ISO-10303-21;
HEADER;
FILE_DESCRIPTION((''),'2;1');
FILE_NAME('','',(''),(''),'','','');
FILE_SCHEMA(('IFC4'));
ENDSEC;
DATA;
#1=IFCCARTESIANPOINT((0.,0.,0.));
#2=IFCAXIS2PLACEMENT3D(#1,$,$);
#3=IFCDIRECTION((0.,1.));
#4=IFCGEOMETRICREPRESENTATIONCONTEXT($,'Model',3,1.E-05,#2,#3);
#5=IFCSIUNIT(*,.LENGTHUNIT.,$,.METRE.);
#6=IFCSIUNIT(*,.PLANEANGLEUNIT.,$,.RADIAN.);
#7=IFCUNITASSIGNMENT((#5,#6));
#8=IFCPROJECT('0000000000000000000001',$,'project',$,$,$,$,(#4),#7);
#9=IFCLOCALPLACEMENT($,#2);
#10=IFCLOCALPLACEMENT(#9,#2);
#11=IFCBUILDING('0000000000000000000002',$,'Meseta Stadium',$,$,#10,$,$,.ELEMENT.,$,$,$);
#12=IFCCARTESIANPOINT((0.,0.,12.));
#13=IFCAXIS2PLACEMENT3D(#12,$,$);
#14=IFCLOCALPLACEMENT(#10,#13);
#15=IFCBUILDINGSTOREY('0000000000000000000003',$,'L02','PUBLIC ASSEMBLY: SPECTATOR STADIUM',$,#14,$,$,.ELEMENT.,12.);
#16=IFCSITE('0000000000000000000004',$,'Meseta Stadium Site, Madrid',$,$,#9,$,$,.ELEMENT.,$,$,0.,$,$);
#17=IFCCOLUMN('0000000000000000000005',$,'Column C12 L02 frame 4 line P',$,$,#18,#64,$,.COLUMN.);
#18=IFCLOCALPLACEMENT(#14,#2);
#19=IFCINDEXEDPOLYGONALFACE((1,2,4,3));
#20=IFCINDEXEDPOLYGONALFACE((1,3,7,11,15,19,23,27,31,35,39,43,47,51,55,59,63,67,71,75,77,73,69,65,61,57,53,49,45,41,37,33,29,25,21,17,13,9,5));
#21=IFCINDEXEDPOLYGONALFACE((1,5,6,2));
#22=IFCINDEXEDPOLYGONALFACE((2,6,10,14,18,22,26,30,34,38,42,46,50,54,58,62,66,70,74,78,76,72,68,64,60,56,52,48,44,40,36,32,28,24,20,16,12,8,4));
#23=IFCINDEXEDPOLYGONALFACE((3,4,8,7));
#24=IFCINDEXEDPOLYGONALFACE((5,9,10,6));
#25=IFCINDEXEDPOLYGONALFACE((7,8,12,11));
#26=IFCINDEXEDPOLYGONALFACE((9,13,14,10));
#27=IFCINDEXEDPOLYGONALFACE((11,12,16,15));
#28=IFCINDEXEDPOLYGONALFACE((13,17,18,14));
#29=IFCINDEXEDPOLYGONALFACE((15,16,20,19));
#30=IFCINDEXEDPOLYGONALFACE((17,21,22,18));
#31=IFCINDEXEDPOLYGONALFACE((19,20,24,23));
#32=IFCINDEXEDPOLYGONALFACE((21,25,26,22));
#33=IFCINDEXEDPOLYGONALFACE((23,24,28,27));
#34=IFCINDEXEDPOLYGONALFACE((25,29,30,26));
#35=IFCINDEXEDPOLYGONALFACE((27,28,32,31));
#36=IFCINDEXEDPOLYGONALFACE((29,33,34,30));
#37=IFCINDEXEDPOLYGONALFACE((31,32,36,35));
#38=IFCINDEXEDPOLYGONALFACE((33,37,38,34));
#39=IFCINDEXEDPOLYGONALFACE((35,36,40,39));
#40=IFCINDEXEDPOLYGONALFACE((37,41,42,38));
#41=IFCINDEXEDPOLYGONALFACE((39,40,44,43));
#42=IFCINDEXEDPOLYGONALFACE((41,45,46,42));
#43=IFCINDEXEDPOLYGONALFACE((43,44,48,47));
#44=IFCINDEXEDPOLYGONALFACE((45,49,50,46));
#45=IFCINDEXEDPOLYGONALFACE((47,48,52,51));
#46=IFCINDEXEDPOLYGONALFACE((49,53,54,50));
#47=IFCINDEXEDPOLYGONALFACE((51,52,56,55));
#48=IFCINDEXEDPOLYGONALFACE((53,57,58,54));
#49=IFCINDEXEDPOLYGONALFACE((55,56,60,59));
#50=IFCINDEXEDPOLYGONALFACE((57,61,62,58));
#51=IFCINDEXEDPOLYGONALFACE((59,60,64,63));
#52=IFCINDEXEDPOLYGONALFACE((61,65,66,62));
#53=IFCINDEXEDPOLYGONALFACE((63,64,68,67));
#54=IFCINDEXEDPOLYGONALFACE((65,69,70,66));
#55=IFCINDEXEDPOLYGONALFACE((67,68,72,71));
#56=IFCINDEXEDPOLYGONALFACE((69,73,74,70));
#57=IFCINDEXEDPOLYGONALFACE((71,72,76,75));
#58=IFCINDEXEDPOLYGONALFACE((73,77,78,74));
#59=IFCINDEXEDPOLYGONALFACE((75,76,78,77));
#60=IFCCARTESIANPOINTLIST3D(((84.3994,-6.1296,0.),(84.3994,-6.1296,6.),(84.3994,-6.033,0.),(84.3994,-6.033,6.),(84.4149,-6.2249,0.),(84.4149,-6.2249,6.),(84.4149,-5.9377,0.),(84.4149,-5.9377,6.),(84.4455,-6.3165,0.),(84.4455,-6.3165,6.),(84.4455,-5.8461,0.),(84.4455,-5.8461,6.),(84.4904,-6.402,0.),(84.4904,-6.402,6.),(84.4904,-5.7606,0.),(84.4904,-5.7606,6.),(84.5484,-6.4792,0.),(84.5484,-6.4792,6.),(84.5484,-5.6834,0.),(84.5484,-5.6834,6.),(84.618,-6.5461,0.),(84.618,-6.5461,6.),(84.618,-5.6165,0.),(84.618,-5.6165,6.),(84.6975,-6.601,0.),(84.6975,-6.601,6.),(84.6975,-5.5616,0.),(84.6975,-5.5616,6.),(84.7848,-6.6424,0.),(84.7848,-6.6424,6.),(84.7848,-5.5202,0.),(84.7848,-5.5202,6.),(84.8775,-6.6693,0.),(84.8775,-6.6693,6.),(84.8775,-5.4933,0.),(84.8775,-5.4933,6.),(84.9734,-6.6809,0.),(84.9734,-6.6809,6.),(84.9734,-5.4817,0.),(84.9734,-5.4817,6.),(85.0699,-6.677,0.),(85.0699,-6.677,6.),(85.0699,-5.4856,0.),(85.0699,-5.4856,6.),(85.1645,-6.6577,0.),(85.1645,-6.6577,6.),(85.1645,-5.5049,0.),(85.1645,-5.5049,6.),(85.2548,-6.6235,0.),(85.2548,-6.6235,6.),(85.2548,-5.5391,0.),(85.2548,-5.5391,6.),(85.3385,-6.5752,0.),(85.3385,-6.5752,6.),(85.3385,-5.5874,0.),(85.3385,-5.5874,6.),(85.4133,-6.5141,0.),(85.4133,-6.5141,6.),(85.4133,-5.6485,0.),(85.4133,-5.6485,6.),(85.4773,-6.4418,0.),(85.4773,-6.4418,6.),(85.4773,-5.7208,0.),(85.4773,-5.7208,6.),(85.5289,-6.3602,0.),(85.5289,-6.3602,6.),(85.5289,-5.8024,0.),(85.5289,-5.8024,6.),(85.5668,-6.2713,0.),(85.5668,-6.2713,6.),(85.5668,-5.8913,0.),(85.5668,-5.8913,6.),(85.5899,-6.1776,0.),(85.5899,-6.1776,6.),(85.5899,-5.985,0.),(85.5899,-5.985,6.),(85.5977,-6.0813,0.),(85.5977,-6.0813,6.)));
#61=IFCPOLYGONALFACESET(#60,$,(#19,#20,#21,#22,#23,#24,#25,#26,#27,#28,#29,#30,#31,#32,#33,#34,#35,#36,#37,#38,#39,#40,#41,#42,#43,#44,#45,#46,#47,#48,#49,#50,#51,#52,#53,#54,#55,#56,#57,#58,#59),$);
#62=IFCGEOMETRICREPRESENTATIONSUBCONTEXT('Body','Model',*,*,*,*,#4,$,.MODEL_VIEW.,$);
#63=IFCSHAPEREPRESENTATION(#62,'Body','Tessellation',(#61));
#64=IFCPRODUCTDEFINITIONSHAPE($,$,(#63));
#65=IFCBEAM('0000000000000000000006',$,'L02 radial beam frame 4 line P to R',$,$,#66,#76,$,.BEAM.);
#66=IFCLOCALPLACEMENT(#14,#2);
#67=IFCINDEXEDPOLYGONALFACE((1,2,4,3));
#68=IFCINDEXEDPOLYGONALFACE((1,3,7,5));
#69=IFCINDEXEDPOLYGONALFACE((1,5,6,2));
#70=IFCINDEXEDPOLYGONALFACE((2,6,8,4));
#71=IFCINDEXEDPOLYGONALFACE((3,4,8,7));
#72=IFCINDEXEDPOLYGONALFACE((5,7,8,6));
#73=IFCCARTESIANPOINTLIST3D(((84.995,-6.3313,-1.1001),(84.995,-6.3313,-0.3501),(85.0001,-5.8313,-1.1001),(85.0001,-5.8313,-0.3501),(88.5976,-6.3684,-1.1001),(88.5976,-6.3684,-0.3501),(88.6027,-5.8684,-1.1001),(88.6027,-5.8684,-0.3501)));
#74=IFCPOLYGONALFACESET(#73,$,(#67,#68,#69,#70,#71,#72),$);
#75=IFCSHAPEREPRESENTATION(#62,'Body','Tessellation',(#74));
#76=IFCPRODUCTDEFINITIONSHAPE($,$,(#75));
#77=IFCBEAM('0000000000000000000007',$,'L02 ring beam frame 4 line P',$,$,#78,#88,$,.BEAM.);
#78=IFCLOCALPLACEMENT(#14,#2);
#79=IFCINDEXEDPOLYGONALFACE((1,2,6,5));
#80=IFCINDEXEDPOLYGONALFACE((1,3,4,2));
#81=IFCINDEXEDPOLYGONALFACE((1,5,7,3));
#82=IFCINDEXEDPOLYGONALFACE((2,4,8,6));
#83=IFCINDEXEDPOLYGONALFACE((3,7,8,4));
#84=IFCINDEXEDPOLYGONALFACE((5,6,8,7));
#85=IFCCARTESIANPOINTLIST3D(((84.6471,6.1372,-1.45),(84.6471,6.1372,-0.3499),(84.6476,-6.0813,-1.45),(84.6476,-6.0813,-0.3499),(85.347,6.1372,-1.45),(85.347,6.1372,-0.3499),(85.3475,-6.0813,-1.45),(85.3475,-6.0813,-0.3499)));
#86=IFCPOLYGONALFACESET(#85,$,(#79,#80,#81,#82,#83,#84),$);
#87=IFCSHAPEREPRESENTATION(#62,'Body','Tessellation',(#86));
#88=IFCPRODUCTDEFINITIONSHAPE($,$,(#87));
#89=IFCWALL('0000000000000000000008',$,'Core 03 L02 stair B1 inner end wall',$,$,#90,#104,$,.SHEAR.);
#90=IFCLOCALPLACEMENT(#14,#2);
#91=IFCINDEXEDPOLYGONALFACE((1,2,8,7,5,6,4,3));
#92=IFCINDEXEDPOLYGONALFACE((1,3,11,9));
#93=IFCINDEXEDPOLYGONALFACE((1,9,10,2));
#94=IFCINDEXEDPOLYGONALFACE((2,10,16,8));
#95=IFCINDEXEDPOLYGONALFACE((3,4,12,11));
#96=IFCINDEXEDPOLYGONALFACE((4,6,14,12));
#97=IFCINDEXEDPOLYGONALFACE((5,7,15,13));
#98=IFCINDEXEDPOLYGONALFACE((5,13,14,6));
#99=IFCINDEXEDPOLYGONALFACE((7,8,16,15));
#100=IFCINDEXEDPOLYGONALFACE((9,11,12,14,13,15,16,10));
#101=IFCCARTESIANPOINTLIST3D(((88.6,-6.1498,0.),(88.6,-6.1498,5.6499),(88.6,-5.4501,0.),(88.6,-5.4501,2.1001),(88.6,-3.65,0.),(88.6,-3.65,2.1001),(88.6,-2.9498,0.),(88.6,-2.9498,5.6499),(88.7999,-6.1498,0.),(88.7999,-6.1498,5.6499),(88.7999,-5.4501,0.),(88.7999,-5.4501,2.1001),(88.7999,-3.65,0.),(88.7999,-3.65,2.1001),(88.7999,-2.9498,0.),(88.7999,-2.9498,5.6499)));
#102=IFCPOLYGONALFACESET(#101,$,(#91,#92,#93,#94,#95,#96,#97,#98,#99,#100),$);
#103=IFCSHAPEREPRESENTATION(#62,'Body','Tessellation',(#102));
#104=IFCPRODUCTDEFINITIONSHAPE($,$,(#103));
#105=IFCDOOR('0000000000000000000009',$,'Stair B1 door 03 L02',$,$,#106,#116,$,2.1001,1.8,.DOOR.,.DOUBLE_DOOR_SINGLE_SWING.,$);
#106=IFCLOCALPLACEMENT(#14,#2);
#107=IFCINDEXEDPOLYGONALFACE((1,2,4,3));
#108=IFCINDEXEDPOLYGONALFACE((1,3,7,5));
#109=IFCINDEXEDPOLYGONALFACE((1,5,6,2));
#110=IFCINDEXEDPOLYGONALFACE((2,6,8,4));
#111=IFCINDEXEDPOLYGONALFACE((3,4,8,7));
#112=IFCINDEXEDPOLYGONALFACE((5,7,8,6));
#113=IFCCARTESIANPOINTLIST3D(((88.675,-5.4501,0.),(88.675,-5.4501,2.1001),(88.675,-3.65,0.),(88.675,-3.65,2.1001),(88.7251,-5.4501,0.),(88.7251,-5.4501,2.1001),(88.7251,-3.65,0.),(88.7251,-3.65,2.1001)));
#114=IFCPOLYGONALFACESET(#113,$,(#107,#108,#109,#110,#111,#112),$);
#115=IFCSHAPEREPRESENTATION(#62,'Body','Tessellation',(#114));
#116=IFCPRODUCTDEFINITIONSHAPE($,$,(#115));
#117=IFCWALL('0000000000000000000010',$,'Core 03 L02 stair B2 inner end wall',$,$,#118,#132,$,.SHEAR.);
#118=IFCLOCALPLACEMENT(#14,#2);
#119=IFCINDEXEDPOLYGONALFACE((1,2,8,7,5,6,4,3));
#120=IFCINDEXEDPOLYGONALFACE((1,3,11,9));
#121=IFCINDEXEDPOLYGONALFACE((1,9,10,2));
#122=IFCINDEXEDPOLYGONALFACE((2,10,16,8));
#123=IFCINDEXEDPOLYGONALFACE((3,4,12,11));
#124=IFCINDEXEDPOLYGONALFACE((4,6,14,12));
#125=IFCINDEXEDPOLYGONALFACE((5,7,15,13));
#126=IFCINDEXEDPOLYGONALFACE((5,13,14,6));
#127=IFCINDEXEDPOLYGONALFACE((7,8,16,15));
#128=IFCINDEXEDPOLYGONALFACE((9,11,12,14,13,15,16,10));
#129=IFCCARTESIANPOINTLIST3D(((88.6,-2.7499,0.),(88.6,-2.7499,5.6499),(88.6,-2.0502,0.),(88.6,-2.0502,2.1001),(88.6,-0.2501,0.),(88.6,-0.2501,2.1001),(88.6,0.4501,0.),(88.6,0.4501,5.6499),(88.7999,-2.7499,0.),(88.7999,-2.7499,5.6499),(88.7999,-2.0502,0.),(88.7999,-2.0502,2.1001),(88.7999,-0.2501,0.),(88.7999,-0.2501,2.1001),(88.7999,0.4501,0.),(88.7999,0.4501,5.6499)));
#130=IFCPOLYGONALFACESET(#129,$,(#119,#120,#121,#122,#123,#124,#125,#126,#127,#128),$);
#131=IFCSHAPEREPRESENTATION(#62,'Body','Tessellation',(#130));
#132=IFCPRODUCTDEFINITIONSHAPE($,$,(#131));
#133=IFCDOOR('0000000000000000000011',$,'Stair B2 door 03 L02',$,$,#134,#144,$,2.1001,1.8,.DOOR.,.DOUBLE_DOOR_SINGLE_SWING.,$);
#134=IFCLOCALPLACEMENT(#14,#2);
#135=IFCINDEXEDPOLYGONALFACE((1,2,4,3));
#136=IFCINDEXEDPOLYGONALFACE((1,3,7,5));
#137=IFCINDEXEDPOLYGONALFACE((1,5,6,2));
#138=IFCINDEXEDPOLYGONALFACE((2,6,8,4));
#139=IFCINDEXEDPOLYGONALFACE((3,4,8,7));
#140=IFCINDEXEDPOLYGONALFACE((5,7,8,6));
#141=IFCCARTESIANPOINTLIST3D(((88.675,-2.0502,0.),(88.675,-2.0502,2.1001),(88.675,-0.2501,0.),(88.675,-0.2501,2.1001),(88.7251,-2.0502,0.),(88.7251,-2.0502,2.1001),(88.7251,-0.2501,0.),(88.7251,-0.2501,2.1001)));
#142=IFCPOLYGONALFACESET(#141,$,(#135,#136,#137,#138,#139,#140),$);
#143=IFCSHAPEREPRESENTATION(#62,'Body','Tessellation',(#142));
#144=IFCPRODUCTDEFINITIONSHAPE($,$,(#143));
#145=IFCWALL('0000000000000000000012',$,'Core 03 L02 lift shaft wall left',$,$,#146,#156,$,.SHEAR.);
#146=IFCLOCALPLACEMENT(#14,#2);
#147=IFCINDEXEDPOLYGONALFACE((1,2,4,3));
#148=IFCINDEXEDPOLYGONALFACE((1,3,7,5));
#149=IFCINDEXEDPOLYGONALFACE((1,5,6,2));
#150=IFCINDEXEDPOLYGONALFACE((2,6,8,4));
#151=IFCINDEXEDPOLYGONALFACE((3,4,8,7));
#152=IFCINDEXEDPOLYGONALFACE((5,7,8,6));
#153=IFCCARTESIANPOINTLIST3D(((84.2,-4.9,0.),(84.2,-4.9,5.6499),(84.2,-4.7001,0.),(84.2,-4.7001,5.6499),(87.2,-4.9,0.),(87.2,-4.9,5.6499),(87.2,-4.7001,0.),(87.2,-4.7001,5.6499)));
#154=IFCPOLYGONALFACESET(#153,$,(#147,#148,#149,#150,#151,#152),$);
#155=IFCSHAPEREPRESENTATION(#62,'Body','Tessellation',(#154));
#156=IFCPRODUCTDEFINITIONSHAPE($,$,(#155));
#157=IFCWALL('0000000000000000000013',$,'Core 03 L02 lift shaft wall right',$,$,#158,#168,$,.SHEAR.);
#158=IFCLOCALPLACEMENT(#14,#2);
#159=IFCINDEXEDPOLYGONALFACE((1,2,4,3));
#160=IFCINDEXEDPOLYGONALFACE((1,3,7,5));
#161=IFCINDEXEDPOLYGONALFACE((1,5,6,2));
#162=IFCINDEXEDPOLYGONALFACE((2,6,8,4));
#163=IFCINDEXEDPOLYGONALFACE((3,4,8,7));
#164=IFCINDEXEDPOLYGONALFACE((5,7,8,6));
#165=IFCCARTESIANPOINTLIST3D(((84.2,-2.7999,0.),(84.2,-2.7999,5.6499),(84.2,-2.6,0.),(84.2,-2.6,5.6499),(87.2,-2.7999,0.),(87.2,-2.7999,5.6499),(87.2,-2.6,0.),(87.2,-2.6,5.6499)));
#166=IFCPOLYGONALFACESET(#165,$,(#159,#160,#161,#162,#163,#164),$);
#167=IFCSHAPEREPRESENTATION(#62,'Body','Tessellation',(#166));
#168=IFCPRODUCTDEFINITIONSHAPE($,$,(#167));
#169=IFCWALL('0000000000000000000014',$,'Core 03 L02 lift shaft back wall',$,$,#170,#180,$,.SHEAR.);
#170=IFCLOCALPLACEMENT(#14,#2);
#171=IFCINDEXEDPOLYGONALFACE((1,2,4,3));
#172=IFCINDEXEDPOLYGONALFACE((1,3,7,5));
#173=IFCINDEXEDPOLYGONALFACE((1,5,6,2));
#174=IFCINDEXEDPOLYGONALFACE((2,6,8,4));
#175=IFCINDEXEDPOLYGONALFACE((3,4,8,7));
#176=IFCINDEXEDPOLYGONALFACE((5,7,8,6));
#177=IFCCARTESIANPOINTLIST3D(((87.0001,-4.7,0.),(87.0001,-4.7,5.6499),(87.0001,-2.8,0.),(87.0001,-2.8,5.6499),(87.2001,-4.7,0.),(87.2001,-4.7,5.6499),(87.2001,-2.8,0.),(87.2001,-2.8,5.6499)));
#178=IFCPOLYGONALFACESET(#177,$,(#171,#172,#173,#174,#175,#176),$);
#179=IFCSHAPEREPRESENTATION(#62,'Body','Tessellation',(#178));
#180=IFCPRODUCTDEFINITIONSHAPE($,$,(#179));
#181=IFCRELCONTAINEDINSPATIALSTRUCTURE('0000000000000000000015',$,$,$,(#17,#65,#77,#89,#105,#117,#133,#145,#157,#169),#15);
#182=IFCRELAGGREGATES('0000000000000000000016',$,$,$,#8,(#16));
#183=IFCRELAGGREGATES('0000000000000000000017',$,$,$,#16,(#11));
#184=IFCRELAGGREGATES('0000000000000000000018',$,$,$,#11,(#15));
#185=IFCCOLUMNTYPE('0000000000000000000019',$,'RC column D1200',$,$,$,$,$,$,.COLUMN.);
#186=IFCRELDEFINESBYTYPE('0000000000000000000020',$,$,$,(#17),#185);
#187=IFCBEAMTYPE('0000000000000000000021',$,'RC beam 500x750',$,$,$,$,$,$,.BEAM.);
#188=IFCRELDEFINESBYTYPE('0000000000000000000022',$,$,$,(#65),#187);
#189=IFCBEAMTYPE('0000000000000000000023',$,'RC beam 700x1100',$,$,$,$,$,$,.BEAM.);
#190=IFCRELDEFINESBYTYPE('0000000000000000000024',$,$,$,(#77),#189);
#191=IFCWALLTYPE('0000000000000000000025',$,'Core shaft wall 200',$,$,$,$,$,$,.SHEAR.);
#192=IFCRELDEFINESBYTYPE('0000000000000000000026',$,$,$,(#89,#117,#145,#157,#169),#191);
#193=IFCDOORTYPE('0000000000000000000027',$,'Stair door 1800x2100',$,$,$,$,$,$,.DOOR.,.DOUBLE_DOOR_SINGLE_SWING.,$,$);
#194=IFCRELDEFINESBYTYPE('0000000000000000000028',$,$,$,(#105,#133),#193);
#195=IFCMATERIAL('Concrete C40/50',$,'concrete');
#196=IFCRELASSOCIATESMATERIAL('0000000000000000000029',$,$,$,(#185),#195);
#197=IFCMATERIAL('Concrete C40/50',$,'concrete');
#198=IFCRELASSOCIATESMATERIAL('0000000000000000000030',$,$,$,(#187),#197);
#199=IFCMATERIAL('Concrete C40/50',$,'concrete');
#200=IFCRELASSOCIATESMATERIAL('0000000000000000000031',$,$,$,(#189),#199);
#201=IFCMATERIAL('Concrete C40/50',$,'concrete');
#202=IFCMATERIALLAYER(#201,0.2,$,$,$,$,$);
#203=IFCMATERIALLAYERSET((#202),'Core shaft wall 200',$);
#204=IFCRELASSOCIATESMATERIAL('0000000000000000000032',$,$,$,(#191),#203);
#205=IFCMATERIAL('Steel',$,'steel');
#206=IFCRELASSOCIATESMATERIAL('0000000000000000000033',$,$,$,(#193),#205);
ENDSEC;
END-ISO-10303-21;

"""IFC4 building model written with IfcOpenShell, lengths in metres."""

from ifc_helpers import new_model, si_unit, direction, frame, frame_2d, origin, origin_2d, place, context, subcontext, project, spatial, rectangle, circle, extrude, material, layer, layer_set, material_profile, profile_set, type_object, element, fill, save


model = new_model("IFC4")

# Units and contexts
model_context = context("Model", 3, precision=1e-05, world=origin(), true_north=direction((0.0, 1.0)))
body_context = subcontext(model_context, "Body", "Model", "MODEL_VIEW")
ifc_project = project(units=[si_unit("LENGTHUNIT", "METRE"), si_unit("PLANEANGLEUNIT", "RADIAN")], contexts=[model_context])

# Site, building, storey
site_placement = place(None, origin())
site = spatial("IfcSite", under=ifc_project, at=site_placement, Name="Meseta Stadium Site, Madrid", CompositionType="ELEMENT", RefElevation=0.0)
building_placement = place(site_placement, origin())
building = spatial("IfcBuilding", under=site, at=building_placement, Name="Meseta Stadium", CompositionType="ELEMENT")
storey_placement = place(building_placement, frame((0.0, 0.0, 12.0)))
storey = spatial("IfcBuildingStorey", under=building, at=storey_placement, Name="L02", Description="PUBLIC ASSEMBLY: SPECTATOR STADIUM", CompositionType="ELEMENT", Elevation=12.0)

# Column
ifc_material_1 = material(Name="Concrete C40/50", Category="concrete")
ifc_material_profile_1 = material_profile(ifc_material_1, circle(Radius=0.6001, at=origin_2d()), Name="RC D1200")
ifc_profile_set_1 = profile_set([ifc_material_profile_1], Name="Concrete C40/50")
column_type = type_object("IfcColumnType", Name="RC column D1200", PredefinedType="COLUMN", material=ifc_profile_set_1)
column_placement = place(storey_placement, frame((84.9976, -6.0813, 0.0), z_axis=(0.0, 0.0, 1.0), x_axis=(1.0, 0.0, 0.0)))
element("IfcColumn", 1, at=column_placement, inside=storey, type_object=column_type, Name="Column C12 L02 frame 4 line P", PredefinedType="COLUMN", context=body_context, shape_type="SweptSolid", body=[
    extrude(circle(Radius=0.6001, at=origin_2d()), origin(), (0.0, 0.0, 1.0), 6.0),
])

# Beams
ifc_material_2 = material(Name="Concrete C40/50", Category="concrete")
ifc_material_profile_2 = material_profile(ifc_material_2, rectangle(XDim=0.5, YDim=0.75, at=origin_2d()), Name="RC 500x750")
ifc_profile_set_2 = profile_set([ifc_material_profile_2], Name="Concrete C40/50")
beam_type_1 = type_object("IfcBeamType", Name="RC beam 500x750", PredefinedType="BEAM", material=ifc_profile_set_2)
beam_1_placement = place(storey_placement, frame((84.9976, -6.0813, -0.7251), z_axis=(0.999947, -0.0103, 0.0), x_axis=(0.0103, 0.999947, 0.0)))
element("IfcBeam", 2, at=beam_1_placement, inside=storey, type_object=beam_type_1, Name="L02 radial beam frame 4 line P to R", PredefinedType="BEAM", context=body_context, shape_type="SweptSolid", body=[
    extrude(rectangle(XDim=0.5, YDim=0.75, at=origin_2d()), origin(), (0.0, 0.0, 1.0), 3.6028),
])
ifc_material_3 = material(Name="Concrete C40/50", Category="concrete")
ifc_material_profile_3 = material_profile(ifc_material_3, rectangle(XDim=0.7, YDim=1.1001, at=origin_2d()), Name="RC 700x1100")
ifc_profile_set_3 = profile_set([ifc_material_profile_3], Name="Concrete C40/50")
beam_type_2 = type_object("IfcBeamType", Name="RC beam 700x1100", PredefinedType="BEAM", material=ifc_profile_set_3)
beam_2_placement = place(storey_placement, frame((84.9976, -6.0813, -0.8999), z_axis=(-0.00004, 1.0, 0.0), x_axis=(-1.0, -0.00004, 0.0)))
element("IfcBeam", 3, at=beam_2_placement, inside=storey, type_object=beam_type_2, Name="L02 ring beam frame 4 line P", PredefinedType="BEAM", context=body_context, shape_type="SweptSolid", body=[
    extrude(rectangle(XDim=0.7, YDim=1.1001, at=origin_2d()), origin(), (0.0, 0.0, 1.0), 12.2185),
])

# Walls, openings, doors
ifc_material_4 = material(Name="Concrete C40/50", Category="concrete")
ifc_layer = layer(ifc_material_4, 0.2)
ifc_layer_set = layer_set([ifc_layer], Name="Core shaft wall 200")
wall_type = type_object("IfcWallType", Name="Core shaft wall 200", PredefinedType="SHEAR", material=ifc_layer_set)
wall_1_placement = place(storey_placement, frame((88.7, -6.1499, 0.0), z_axis=(0.0, 0.0, 1.0), x_axis=(0.0, 1.0, 0.0)))
wall_1 = element("IfcWall", 4, at=wall_1_placement, inside=storey, type_object=wall_type, Name="Core 03 L02 stair B1 inner end wall", PredefinedType="SHEAR", context=body_context, shape_type="SweptSolid", body=[
    extrude(rectangle(XDim=3.2, YDim=0.2, at=frame_2d((1.6001, 0.0))), origin(), (0.0, 0.0, 1.0), 5.6499),
])
opening_1_placement = place(wall_1_placement, frame((0.7, 0.0, 0.0)))
opening_1 = element("IfcOpeningElement", 5, at=opening_1_placement, cuts=wall_1, PredefinedType="OPENING", context=body_context, shape_type="SweptSolid", body=[
    extrude(rectangle(XDim=1.8, YDim=2.1001, at=frame_2d((0.8999, 1.05))), frame((0.0, 0.1099, 0.0), z_axis=(0.0, -1.0, 0.0), x_axis=(1.0, 0.0, 0.0)), (0.0, 0.0, 1.0), 0.22),
])
ifc_material_5 = material(Name="Steel", Category="steel")
door_type = type_object("IfcDoorType", Name="Stair door 1800x2100", OperationType="DOUBLE_DOOR_SINGLE_SWING", PredefinedType="DOOR", material=ifc_material_5)
door_1_placement = place(opening_1_placement, origin())
door_1 = element("IfcDoor", 6, at=door_1_placement, inside=storey, type_object=door_type, Name="Stair B1 door 03 L02", OperationType="DOUBLE_DOOR_SINGLE_SWING", OverallHeight=2.1001, OverallWidth=1.8, PredefinedType="DOOR", context=body_context, shape_type="SweptSolid", body=[
    extrude(rectangle(XDim=1.8, YDim=2.1001, at=frame_2d((0.8999, 1.05))), frame((0.0, 0.0249, 0.0), z_axis=(0.0, -1.0, 0.0), x_axis=(1.0, 0.0, 0.0)), (0.0, 0.0, 1.0), 0.05),
])
fill(opening_1, door_1)
wall_2_placement = place(storey_placement, frame((88.7, -2.75, 0.0), z_axis=(0.0, 0.0, 1.0), x_axis=(0.0, 1.0, 0.0)))
wall_2 = element("IfcWall", 7, at=wall_2_placement, inside=storey, type_object=wall_type, Name="Core 03 L02 stair B2 inner end wall", PredefinedType="SHEAR", context=body_context, shape_type="SweptSolid", body=[
    extrude(rectangle(XDim=3.2, YDim=0.2, at=frame_2d((1.6001, 0.0))), origin(), (0.0, 0.0, 1.0), 5.6499),
])
opening_2_placement = place(wall_2_placement, frame((0.7, 0.0, 0.0)))
opening_2 = element("IfcOpeningElement", 8, at=opening_2_placement, cuts=wall_2, PredefinedType="OPENING", context=body_context, shape_type="SweptSolid", body=[
    extrude(rectangle(XDim=1.8, YDim=2.1001, at=frame_2d((0.8999, 1.05))), frame((0.0, 0.1099, 0.0), z_axis=(0.0, -1.0, 0.0), x_axis=(1.0, 0.0, 0.0)), (0.0, 0.0, 1.0), 0.22),
])
door_2_placement = place(opening_2_placement, origin())
door_2 = element("IfcDoor", 9, at=door_2_placement, inside=storey, type_object=door_type, Name="Stair B2 door 03 L02", OperationType="DOUBLE_DOOR_SINGLE_SWING", OverallHeight=2.1001, OverallWidth=1.8, PredefinedType="DOOR", context=body_context, shape_type="SweptSolid", body=[
    extrude(rectangle(XDim=1.8, YDim=2.1001, at=frame_2d((0.8999, 1.05))), frame((0.0, 0.0249, 0.0), z_axis=(0.0, -1.0, 0.0), x_axis=(1.0, 0.0, 0.0)), (0.0, 0.0, 1.0), 0.05),
])
fill(opening_2, door_2)

# Walls
for number, where, z_axis, x_axis, name in (
    (10, (87.2, -4.8, 0.0), (0.0, 0.0, 1.0), (-1.0, 0.0, 0.0), "Core 03 L02 lift shaft wall left"),
    (11, (87.2, -2.7, 0.0), (0.0, 0.0, 1.0), (-1.0, 0.0, 0.0), "Core 03 L02 lift shaft wall right"),
):
    element("IfcWall", number, at=place(storey_placement, frame(where, z_axis=z_axis, x_axis=x_axis)), inside=storey, type_object=wall_type, Name=name, PredefinedType="SHEAR", context=body_context, shape_type="SweptSolid", body=[
        extrude(rectangle(XDim=3.0, YDim=0.2, at=frame_2d((1.5, 0.0))), origin(), (0.0, 0.0, 1.0), 5.6499),
    ])
wall_3_placement = place(storey_placement, frame((87.1001, -4.7, 0.0), z_axis=(0.0, 0.0, 1.0), x_axis=(0.0, 1.0, 0.0)))
element("IfcWall", 12, at=wall_3_placement, inside=storey, type_object=wall_type, Name="Core 03 L02 lift shaft back wall", PredefinedType="SHEAR", context=body_context, shape_type="SweptSolid", body=[
    extrude(rectangle(XDim=1.8999, YDim=0.2, at=frame_2d((0.95, 0.0))), origin(), (0.0, 0.0, 1.0), 5.6499),
])

save(model, "model.ifc")
